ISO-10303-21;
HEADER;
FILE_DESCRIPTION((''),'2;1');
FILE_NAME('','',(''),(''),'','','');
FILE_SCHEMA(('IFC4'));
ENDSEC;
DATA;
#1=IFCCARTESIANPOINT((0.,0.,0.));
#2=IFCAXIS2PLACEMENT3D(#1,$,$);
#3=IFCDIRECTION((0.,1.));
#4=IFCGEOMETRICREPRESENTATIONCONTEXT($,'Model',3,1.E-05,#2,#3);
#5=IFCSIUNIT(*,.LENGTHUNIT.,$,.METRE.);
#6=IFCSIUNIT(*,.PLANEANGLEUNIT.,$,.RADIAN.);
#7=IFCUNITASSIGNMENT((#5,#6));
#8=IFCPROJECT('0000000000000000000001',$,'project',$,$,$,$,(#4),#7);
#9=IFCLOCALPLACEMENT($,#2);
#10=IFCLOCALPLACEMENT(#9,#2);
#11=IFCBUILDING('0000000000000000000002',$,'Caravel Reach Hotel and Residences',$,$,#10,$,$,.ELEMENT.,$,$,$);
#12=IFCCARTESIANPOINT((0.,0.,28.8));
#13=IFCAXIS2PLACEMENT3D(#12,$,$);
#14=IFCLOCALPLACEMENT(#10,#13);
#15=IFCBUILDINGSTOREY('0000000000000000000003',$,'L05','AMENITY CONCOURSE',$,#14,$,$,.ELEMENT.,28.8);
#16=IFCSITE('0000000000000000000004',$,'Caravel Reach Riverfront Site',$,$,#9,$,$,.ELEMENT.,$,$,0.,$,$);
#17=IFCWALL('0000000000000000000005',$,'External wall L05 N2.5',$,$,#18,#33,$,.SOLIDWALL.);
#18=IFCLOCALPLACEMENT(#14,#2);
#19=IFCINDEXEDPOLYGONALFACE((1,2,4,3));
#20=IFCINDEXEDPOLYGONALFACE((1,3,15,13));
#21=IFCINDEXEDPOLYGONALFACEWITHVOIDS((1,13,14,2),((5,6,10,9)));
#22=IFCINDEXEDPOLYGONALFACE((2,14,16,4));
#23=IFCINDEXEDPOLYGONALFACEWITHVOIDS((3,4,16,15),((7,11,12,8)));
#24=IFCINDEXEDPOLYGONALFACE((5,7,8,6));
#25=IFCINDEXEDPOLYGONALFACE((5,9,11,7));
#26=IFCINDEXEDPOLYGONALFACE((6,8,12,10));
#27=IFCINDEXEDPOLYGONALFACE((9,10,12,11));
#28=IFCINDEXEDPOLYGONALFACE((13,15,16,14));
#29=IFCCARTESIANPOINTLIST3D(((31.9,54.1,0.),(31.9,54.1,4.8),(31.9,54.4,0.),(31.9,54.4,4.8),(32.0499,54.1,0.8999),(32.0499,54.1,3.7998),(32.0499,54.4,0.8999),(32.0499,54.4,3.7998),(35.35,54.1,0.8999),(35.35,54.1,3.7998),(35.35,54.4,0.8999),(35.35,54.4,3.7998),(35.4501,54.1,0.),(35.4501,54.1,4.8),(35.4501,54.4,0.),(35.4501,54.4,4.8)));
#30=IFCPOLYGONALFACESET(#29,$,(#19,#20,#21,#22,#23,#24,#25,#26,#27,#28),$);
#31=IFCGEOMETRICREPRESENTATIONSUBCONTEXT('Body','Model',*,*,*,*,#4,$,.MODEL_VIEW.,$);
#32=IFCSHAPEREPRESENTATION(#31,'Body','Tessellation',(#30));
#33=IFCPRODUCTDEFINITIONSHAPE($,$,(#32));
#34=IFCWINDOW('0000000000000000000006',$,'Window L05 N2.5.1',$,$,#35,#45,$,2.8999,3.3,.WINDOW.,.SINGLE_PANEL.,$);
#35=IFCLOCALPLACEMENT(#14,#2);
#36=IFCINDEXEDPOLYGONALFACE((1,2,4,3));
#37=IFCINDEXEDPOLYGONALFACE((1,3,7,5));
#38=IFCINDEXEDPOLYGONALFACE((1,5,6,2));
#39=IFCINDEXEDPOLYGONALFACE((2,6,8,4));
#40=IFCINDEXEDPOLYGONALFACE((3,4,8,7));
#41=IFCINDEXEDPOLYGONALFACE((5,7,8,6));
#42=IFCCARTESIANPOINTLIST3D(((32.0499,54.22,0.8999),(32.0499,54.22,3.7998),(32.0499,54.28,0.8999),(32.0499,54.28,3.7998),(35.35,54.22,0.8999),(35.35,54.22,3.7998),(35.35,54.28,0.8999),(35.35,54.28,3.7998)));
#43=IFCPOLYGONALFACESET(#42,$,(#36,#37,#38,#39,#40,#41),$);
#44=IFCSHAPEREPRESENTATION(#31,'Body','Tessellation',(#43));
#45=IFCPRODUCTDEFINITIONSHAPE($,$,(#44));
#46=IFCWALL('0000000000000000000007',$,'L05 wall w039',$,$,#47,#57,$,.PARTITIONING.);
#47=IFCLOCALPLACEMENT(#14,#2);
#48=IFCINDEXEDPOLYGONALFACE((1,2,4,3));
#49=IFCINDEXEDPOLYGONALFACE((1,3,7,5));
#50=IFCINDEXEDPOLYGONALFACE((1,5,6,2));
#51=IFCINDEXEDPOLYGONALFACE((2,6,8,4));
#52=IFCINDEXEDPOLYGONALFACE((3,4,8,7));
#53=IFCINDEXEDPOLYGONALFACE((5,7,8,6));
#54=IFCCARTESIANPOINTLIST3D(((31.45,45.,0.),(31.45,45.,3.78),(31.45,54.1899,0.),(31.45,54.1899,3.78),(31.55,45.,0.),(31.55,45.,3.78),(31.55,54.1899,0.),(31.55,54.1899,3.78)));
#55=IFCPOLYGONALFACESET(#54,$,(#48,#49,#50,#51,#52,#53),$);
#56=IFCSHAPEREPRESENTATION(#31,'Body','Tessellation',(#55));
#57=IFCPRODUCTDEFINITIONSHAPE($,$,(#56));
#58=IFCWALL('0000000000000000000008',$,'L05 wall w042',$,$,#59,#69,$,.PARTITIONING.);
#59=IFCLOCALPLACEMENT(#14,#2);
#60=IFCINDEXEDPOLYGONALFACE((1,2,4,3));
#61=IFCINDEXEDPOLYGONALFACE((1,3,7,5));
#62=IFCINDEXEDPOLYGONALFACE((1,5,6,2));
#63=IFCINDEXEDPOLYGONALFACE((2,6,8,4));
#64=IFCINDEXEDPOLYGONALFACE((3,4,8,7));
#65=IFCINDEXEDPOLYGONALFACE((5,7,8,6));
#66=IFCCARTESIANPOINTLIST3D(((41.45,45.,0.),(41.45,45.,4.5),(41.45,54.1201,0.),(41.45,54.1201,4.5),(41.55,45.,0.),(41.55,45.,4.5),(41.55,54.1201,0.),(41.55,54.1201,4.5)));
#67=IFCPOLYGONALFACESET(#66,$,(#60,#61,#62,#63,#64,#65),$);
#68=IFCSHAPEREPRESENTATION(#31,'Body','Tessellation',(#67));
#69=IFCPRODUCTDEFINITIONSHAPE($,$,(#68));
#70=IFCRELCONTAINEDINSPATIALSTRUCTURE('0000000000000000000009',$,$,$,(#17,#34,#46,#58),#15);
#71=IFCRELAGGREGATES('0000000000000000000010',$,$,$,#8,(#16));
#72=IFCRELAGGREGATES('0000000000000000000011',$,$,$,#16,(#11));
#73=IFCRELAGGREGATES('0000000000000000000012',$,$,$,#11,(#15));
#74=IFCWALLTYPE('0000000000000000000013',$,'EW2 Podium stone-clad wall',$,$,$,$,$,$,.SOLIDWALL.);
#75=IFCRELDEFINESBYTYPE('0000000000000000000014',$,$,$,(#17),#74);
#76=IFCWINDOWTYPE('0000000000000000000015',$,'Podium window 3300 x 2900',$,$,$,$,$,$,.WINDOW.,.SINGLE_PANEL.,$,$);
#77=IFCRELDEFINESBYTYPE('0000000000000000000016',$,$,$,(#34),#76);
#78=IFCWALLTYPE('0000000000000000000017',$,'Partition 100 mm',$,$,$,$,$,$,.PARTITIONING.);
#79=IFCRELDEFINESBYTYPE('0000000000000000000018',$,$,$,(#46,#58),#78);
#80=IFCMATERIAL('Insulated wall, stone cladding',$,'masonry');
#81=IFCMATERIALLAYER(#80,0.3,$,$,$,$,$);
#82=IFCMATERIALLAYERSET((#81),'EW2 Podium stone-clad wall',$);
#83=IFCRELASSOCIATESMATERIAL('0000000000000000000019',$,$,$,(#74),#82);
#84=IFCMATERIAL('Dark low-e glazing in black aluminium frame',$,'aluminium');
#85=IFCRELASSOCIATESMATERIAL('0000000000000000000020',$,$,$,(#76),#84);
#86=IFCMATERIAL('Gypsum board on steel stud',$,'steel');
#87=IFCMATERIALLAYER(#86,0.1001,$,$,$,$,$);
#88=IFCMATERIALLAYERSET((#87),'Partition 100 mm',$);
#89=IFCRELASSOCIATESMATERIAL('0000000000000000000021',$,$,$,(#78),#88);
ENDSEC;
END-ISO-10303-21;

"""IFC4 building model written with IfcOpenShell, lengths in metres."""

from ifc_helpers import new_model, si_unit, direction, frame, frame_2d, origin, place, context, subcontext, project, spatial, rectangle, extrude, material, layer, layer_set, type_object, element, fill, save


model = new_model("IFC4")

# Units and contexts
model_context = context("Model", 3, precision=1e-05, world=origin(), true_north=direction((0.0, 1.0)))
body_context = subcontext(model_context, "Body", "Model", "MODEL_VIEW")
ifc_project = project(units=[si_unit("LENGTHUNIT", "METRE"), si_unit("PLANEANGLEUNIT", "RADIAN")], contexts=[model_context])

# Site, building, storey
site_placement = place(None, origin())
site = spatial("IfcSite", under=ifc_project, at=site_placement, Name="Caravel Reach Riverfront Site", CompositionType="ELEMENT", RefElevation=0.0)
building_placement = place(site_placement, origin())
building = spatial("IfcBuilding", under=site, at=building_placement, Name="Caravel Reach Hotel and Residences", CompositionType="ELEMENT")
storey_placement = place(building_placement, frame((0.0, 0.0, 28.8)))
storey = spatial("IfcBuildingStorey", under=building, at=storey_placement, Name="L05", Description="AMENITY CONCOURSE", CompositionType="ELEMENT", Elevation=28.8)

# Shared definitions
ifc_material_1 = material(Name="Insulated wall, stone cladding", Category="masonry")
ifc_layer_1 = layer(ifc_material_1, 0.3)
ifc_layer_set_1 = layer_set([ifc_layer_1], Name="EW2 Podium stone-clad wall")
wall_type_1 = type_object("IfcWallType", Name="EW2 Podium stone-clad wall", PredefinedType="SOLIDWALL", material=ifc_layer_set_1)
ifc_material_2 = material(Name="Dark low-e glazing in black aluminium frame", Category="aluminium")
window_type = type_object("IfcWindowType", Name="Podium window 3300 x 2900", PartitioningType="SINGLE_PANEL", PredefinedType="WINDOW", material=ifc_material_2)

# Wall, opening, window
wall_1_placement = place(storey_placement, frame((35.45, 54.25, 0.0), z_axis=(0.0, 0.0, 1.0), x_axis=(-1.0, 0.0, 0.0)))
wall_1 = element("IfcWall", 1, at=wall_1_placement, inside=storey, type_object=wall_type_1, Name="External wall L05 N2.5", PredefinedType="SOLIDWALL", context=body_context, shape_type="SweptSolid", body=[
    extrude(rectangle(XDim=3.55, YDim=0.3, at=frame_2d((1.7749, 0.0))), origin(), (0.0, 0.0, 1.0), 4.8),
])
opening_1_placement = place(wall_1_placement, frame((0.1001, 0.0, 0.8999)))
opening_1 = element("IfcOpeningElement", 2, at=opening_1_placement, cuts=wall_1, PredefinedType="OPENING", context=body_context, shape_type="SweptSolid", body=[
    extrude(rectangle(XDim=3.3, YDim=2.8999, at=frame_2d((1.6499, 1.45))), frame((0.0, 0.1599, 0.0), z_axis=(0.0, -1.0, 0.0), x_axis=(1.0, 0.0, 0.0)), (0.0, 0.0, 1.0), 0.3201),
])
window_1_placement = place(opening_1_placement, origin())
window_1 = element("IfcWindow", 3, at=window_1_placement, inside=storey, type_object=window_type, Name="Window L05 N2.5.1", OverallHeight=2.8999, OverallWidth=3.3, PartitioningType="SINGLE_PANEL", PredefinedType="WINDOW", context=body_context, shape_type="SweptSolid", body=[
    extrude(rectangle(XDim=3.3, YDim=2.8999, at=frame_2d((1.6499, 1.45))), frame((0.0, 0.03, 0.0), z_axis=(0.0, -1.0, 0.0), x_axis=(1.0, 0.0, 0.0)), (0.0, 0.0, 1.0), 0.0601),
])
fill(opening_1, window_1)

# Walls
ifc_material_3 = material(Name="Gypsum board on steel stud", Category="steel")
ifc_layer_2 = layer(ifc_material_3, 0.1001)
ifc_layer_set_2 = layer_set([ifc_layer_2], Name="Partition 100 mm")
wall_type_2 = type_object("IfcWallType", Name="Partition 100 mm", PredefinedType="PARTITIONING", material=ifc_layer_set_2)
wall_2_placement = place(storey_placement, frame((31.5, 45.0, 0.0), z_axis=(0.0, 0.0, 1.0), x_axis=(0.0, 1.0, 0.0)))
element("IfcWall", 4, at=wall_2_placement, inside=storey, type_object=wall_type_2, Name="L05 wall w039", PredefinedType="PARTITIONING", context=body_context, shape_type="SweptSolid", body=[
    extrude(rectangle(XDim=9.1899, YDim=0.1001, at=frame_2d((4.595, 0.0))), origin(), (0.0, 0.0, 1.0), 3.78),
])
wall_3_placement = place(storey_placement, frame((41.5, 45.0, 0.0), z_axis=(0.0, 0.0, 1.0), x_axis=(0.0, 1.0, 0.0)))
element("IfcWall", 5, at=wall_3_placement, inside=storey, type_object=wall_type_2, Name="L05 wall w042", PredefinedType="PARTITIONING", context=body_context, shape_type="SweptSolid", body=[
    extrude(rectangle(XDim=9.1201, YDim=0.1001, at=frame_2d((4.5601, 0.0))), origin(), (0.0, 0.0, 1.0), 4.5),
])

save(model, "model.ifc")
